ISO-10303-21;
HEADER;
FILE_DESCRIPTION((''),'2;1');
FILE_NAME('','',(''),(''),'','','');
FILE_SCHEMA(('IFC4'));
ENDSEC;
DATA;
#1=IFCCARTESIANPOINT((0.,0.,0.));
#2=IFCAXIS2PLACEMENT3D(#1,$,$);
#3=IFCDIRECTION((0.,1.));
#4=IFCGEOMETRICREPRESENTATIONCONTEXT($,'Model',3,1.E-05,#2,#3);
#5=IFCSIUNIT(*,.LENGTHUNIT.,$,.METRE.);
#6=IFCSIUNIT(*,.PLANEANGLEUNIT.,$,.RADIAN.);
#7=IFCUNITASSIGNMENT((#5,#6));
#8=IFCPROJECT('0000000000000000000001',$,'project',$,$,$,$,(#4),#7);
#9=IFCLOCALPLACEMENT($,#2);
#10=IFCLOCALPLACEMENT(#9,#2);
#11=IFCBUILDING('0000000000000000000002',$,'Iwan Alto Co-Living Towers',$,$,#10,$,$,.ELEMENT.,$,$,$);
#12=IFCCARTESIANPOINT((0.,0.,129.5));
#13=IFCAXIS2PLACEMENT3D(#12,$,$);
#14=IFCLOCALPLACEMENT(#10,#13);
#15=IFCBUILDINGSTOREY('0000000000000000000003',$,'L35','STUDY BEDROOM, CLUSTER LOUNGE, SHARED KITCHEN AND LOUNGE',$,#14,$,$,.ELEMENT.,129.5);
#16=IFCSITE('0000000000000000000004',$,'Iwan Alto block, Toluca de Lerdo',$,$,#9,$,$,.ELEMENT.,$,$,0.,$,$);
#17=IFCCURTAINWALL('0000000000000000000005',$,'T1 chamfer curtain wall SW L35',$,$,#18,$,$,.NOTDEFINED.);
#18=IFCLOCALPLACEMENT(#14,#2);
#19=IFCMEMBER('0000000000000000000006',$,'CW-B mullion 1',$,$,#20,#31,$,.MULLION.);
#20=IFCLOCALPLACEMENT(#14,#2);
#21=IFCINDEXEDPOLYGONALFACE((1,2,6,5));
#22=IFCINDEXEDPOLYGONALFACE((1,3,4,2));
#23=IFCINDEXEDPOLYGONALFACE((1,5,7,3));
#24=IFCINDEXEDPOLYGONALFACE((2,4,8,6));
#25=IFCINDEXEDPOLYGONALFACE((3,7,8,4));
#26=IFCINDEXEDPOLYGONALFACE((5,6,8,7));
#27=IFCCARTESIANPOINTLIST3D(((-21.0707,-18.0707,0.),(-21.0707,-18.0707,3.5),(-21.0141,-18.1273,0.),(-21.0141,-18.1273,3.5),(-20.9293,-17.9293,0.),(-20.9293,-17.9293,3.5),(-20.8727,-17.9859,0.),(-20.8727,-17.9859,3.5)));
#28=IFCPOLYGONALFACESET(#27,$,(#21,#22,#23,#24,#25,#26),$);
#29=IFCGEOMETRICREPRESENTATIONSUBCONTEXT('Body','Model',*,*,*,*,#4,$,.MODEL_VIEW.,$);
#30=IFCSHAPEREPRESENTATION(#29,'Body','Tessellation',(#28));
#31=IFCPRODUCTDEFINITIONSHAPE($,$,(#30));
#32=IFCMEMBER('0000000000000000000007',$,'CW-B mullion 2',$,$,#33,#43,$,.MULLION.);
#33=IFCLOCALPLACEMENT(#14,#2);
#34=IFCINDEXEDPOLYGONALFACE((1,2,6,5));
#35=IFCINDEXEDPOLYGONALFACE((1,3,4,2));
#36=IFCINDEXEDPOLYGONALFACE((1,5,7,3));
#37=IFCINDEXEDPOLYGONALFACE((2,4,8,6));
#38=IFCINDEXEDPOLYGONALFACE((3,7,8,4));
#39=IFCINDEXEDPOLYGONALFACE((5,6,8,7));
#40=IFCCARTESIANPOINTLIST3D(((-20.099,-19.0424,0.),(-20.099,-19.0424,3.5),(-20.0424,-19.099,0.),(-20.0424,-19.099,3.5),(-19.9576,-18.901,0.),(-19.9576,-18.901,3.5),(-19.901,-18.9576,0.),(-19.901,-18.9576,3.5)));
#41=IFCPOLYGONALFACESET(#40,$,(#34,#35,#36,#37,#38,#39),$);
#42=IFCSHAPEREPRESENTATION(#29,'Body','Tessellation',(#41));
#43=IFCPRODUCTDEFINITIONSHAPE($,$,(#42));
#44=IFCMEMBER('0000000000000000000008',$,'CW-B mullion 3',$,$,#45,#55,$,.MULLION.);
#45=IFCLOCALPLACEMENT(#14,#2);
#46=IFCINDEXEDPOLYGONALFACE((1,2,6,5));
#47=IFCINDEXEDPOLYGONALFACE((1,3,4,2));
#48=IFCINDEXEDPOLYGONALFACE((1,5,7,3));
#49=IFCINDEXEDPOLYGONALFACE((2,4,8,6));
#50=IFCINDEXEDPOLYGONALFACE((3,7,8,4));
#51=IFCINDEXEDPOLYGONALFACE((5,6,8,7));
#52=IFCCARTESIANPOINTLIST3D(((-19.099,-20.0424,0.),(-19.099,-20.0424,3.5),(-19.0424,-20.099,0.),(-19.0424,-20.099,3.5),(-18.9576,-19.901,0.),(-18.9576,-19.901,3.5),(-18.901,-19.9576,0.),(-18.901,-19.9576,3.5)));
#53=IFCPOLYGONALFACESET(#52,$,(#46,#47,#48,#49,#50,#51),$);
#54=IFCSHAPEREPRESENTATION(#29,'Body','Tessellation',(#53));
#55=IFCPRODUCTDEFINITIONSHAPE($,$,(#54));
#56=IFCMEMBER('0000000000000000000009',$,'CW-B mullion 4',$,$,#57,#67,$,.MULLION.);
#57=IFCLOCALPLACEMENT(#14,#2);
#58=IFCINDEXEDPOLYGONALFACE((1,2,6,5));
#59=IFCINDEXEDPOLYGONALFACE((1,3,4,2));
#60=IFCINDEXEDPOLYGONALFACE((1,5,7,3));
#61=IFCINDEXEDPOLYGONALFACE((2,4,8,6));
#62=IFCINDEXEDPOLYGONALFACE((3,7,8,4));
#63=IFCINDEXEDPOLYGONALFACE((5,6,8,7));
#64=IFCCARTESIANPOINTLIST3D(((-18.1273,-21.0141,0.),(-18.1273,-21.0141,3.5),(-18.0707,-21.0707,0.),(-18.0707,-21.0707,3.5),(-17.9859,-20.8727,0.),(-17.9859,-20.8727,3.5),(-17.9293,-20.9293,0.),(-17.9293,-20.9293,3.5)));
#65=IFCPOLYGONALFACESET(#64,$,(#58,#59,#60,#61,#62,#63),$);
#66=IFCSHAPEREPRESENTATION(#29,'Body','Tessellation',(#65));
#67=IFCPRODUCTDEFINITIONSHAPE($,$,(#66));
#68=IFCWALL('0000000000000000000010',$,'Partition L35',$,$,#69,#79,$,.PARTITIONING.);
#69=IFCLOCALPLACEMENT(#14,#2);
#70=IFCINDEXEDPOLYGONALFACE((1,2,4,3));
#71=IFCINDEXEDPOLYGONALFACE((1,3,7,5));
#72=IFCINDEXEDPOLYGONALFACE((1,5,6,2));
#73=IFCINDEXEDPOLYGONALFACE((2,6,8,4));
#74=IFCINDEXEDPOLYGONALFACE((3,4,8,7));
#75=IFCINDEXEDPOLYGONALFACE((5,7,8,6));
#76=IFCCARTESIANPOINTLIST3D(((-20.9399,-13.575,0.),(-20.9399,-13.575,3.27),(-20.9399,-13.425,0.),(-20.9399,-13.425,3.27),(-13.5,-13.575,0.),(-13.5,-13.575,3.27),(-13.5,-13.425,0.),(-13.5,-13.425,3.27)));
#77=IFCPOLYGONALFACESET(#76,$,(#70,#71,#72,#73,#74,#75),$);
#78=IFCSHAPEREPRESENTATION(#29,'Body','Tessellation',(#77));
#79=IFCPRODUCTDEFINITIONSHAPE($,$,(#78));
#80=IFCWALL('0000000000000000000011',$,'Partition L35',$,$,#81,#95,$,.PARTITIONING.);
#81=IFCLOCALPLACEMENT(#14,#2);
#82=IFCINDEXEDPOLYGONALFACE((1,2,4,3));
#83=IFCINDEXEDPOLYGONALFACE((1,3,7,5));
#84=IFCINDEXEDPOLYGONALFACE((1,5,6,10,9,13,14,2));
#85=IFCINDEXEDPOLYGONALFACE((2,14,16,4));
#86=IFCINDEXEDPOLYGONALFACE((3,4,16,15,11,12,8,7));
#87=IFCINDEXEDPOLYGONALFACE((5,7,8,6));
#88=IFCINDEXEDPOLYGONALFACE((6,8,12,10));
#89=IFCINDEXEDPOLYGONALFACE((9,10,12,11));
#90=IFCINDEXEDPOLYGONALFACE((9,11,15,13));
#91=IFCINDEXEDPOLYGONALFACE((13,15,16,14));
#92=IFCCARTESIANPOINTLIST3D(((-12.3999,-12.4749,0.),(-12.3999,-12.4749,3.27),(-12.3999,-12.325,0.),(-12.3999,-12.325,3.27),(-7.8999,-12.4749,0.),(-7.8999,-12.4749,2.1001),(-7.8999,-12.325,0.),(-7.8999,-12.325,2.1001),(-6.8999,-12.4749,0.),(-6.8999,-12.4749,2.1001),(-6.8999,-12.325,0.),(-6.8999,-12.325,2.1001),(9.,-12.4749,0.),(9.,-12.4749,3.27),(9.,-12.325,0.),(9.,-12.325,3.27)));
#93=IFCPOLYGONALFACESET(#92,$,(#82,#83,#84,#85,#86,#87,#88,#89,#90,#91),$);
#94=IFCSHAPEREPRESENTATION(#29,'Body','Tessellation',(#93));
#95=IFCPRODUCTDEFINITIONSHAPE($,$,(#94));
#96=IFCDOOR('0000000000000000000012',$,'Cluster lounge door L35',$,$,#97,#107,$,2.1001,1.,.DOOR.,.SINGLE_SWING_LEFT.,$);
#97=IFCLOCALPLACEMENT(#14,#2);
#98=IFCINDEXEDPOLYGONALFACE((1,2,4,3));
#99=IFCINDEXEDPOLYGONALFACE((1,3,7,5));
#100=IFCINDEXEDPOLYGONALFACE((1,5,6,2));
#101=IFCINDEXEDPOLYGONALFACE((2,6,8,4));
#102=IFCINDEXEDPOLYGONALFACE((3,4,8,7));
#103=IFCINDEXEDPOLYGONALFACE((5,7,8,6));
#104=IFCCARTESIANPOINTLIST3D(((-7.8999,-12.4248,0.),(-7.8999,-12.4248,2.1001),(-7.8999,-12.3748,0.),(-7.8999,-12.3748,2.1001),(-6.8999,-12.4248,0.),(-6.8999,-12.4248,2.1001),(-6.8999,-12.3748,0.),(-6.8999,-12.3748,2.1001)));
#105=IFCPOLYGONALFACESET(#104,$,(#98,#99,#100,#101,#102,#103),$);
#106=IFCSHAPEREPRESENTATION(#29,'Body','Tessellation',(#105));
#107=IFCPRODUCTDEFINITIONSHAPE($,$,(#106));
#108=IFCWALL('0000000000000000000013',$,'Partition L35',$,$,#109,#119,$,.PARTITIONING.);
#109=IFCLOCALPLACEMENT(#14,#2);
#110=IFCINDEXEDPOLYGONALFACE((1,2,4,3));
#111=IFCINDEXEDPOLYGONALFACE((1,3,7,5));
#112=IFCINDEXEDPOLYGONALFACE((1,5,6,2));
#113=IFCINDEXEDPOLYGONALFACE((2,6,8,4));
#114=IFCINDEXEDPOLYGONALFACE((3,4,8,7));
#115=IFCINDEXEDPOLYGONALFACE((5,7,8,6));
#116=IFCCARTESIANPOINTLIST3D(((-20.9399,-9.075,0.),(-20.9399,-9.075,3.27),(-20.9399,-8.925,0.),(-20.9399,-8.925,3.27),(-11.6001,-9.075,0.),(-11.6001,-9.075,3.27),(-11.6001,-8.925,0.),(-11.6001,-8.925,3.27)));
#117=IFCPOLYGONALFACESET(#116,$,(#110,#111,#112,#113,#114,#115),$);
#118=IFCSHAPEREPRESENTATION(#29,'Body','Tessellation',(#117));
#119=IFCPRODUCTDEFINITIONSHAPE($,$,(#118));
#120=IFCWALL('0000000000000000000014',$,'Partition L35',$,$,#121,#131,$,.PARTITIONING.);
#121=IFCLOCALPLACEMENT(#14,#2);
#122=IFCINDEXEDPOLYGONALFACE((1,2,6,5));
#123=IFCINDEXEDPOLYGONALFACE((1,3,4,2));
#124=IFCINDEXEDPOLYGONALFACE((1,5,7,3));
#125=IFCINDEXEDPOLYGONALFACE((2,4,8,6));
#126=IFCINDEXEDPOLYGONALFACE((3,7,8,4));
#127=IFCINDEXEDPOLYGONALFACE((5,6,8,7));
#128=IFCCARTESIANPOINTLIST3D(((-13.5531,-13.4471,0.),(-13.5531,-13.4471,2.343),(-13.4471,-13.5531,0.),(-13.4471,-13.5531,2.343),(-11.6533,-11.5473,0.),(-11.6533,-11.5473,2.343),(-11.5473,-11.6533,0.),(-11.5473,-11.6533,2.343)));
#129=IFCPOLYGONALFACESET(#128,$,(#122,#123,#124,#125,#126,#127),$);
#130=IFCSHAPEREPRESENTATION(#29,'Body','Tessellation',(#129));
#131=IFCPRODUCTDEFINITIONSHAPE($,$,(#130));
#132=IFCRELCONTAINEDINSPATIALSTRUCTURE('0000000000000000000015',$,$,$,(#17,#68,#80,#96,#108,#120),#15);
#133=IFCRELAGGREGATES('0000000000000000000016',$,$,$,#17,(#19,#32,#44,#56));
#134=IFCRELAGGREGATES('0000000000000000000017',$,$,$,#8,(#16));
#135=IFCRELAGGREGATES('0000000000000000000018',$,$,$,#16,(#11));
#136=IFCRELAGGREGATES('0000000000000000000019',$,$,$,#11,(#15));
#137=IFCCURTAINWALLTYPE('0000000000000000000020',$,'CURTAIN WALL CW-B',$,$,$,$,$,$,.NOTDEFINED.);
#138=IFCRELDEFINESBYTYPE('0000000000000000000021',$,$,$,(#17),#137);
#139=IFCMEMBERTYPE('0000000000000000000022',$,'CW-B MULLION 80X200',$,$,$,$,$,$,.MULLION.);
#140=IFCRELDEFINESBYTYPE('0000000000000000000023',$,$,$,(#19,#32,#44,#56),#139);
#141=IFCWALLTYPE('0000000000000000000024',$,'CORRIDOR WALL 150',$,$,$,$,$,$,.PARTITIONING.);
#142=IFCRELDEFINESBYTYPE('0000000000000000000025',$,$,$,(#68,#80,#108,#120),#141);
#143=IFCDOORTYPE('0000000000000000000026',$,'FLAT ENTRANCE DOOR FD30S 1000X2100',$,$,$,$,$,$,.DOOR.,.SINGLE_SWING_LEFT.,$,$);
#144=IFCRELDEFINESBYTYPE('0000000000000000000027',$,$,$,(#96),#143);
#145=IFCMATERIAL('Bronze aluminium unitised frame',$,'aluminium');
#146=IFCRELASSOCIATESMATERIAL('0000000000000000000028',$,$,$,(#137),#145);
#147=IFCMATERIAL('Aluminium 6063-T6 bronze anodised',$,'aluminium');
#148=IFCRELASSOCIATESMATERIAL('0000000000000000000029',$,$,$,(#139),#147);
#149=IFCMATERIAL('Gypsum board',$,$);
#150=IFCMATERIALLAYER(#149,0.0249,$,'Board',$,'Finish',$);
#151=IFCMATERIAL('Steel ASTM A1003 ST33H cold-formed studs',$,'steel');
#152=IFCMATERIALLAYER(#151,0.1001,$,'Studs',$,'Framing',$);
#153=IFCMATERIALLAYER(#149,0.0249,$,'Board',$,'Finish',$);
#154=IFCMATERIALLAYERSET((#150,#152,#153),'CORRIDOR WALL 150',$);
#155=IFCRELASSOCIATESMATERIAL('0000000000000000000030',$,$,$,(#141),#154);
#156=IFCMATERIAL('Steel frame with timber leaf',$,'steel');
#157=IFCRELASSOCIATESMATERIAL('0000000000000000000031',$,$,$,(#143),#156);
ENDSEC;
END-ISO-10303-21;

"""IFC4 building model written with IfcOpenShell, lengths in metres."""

from ifc_helpers import new_model, si_unit, direction, frame, frame_2d, origin, origin_2d, place, context, subcontext, project, spatial, rectangle, extrude, material, layer, layer_set, material_profile, profile_set, type_object, element, fill, aggregate, save


model = new_model("IFC4")

# Units and contexts
model_context = context("Model", 3, precision=1e-05, world=origin(), true_north=direction((0.0, 1.0)))
body_context = subcontext(model_context, "Body", "Model", "MODEL_VIEW")
ifc_project = project(units=[si_unit("LENGTHUNIT", "METRE"), si_unit("PLANEANGLEUNIT", "RADIAN")], contexts=[model_context])

# Site, building, storey
site_placement = place(None, origin())
site = spatial("IfcSite", under=ifc_project, at=site_placement, Name="Iwan Alto block, Toluca de Lerdo", CompositionType="ELEMENT", RefElevation=0.0)
building_placement = place(site_placement, origin())
building = spatial("IfcBuilding", under=site, at=building_placement, Name="Iwan Alto Co-Living Towers", CompositionType="ELEMENT")
storey_placement = place(building_placement, frame((0.0, 0.0, 129.5)))
storey = spatial("IfcBuildingStorey", under=building, at=storey_placement, Name="L35", Description="STUDY BEDROOM, CLUSTER LOUNGE, SHARED KITCHEN AND LOUNGE", CompositionType="ELEMENT", Elevation=129.5)

# Curtain wall, members
ifc_material_1 = material(Name="Bronze aluminium unitised frame", Category="aluminium")
curtain_wall_type = type_object("IfcCurtainWallType", Name="CURTAIN WALL CW-B", PredefinedType="NOTDEFINED", material=ifc_material_1)
curtain_wall_placement = place(storey_placement, origin())
curtain_wall = element("IfcCurtainWall", 1, at=curtain_wall_placement, inside=storey, type_object=curtain_wall_type, Name="T1 chamfer curtain wall SW L35", PredefinedType="NOTDEFINED")
ifc_material_2 = material(Name="Aluminium 6063-T6 bronze anodised", Category="aluminium")
ifc_material_profile = material_profile(ifc_material_2, rectangle(XDim=0.2, YDim=0.0801, at=origin_2d()), Name="AL 80X200")
ifc_profile_set = profile_set([ifc_material_profile], Name="Aluminium 6063-T6 bronze anodised")
member_type = type_object("IfcMemberType", Name="CW-B MULLION 80X200", PredefinedType="MULLION", material=ifc_profile_set)
member_1_placement = place(storey_placement, frame((-20.9717, -18.0283, 0.0), z_axis=(0.0, 0.0, 1.0), x_axis=(0.707107, 0.707107, 0.0)))
member_1 = element("IfcMember", 2, at=member_1_placement, type_object=member_type, Name="CW-B mullion 1", PredefinedType="MULLION", context=body_context, shape_type="SweptSolid", body=[
    extrude(rectangle(XDim=0.2, YDim=0.0801, at=origin_2d()), origin(), (0.0, 0.0, 1.0), 3.5),
])
member_2_placement = place(storey_placement, frame((-20.0, -19.0, 0.0), z_axis=(0.0, 0.0, 1.0), x_axis=(0.707107, 0.707107, 0.0)))
member_2 = element("IfcMember", 3, at=member_2_placement, type_object=member_type, Name="CW-B mullion 2", PredefinedType="MULLION", context=body_context, shape_type="SweptSolid", body=[
    extrude(rectangle(XDim=0.2, YDim=0.0801, at=origin_2d()), origin(), (0.0, 0.0, 1.0), 3.5),
])
member_3_placement = place(storey_placement, frame((-19.0, -20.0, 0.0), z_axis=(0.0, 0.0, 1.0), x_axis=(0.707107, 0.707107, 0.0)))
member_3 = element("IfcMember", 4, at=member_3_placement, type_object=member_type, Name="CW-B mullion 3", PredefinedType="MULLION", context=body_context, shape_type="SweptSolid", body=[
    extrude(rectangle(XDim=0.2, YDim=0.0801, at=origin_2d()), origin(), (0.0, 0.0, 1.0), 3.5),
])
member_4_placement = place(storey_placement, frame((-18.0283, -20.9717, 0.0), z_axis=(0.0, 0.0, 1.0), x_axis=(0.707107, 0.707107, 0.0)))
member_4 = element("IfcMember", 5, at=member_4_placement, type_object=member_type, Name="CW-B mullion 4", PredefinedType="MULLION", context=body_context, shape_type="SweptSolid", body=[
    extrude(rectangle(XDim=0.2, YDim=0.0801, at=origin_2d()), origin(), (0.0, 0.0, 1.0), 3.5),
])
aggregate(curtain_wall, [member_1, member_2, member_3, member_4])

# Wall
ifc_material_3 = material(Name="Gypsum board")
ifc_layer_1 = layer(ifc_material_3, 0.0249, Name="Board", Category="Finish")
ifc_material_4 = material(Name="Steel ASTM A1003 ST33H cold-formed studs", Category="steel")
ifc_layer_2 = layer(ifc_material_4, 0.1001, Name="Studs", Category="Framing")
ifc_layer_3 = layer(ifc_material_3, 0.0249, Name="Board", Category="Finish")
ifc_layer_set_1 = layer_set([ifc_layer_1, ifc_layer_2, ifc_layer_3], Name="CORRIDOR WALL 150")
wall_type_1 = type_object("IfcWallType", Name="CORRIDOR WALL 150", PredefinedType="PARTITIONING", material=ifc_layer_set_1)
wall_1_placement = place(storey_placement, frame((-20.9399, -13.5, 0.0), z_axis=(0.0, 0.0, 1.0), x_axis=(1.0, 0.0, 0.0)))
element("IfcWall", 6, at=wall_1_placement, inside=storey, type_object=wall_type_1, Name="Partition L35", PredefinedType="PARTITIONING", context=body_context, shape_type="SweptSolid", body=[
    extrude(rectangle(XDim=7.4399, YDim=0.1499, at=frame_2d((3.72, 0.0))), origin(), (0.0, 0.0, 1.0), 3.27),
])

# Wall, opening, door
wall_2_placement = place(storey_placement, frame((-12.3999, -12.3999, 0.0), z_axis=(0.0, 0.0, 1.0), x_axis=(1.0, 0.0, 0.0)))
wall_2 = element("IfcWall", 7, at=wall_2_placement, inside=storey, type_object=wall_type_1, Name="Partition L35", PredefinedType="PARTITIONING", context=body_context, shape_type="SweptSolid", body=[
    extrude(rectangle(XDim=21.3999, YDim=0.1499, at=frame_2d((10.7, 0.0))), origin(), (0.0, 0.0, 1.0), 3.27),
])
opening_1_placement = place(wall_2_placement, frame((4.5, 0.0, 0.0)))
opening_1 = element("IfcOpeningElement", 8, at=opening_1_placement, cuts=wall_2, PredefinedType="OPENING", context=body_context, shape_type="SweptSolid", body=[
    extrude(rectangle(XDim=1.0, YDim=2.1001, at=frame_2d((0.5, 1.05))), frame((0.0, 0.085, 0.0), z_axis=(0.0, -1.0, 0.0), x_axis=(1.0, 0.0, 0.0)), (0.0, 0.0, 1.0), 0.1699),
])
ifc_material_5 = material(Name="Steel frame with timber leaf", Category="steel")
door_type_1 = type_object("IfcDoorType", Name="FLAT ENTRANCE DOOR FD30S 1000X2100", OperationType="SINGLE_SWING_LEFT", PredefinedType="DOOR", material=ifc_material_5)
door_1_placement = place(opening_1_placement, frame((1.0, 0.0, 0.0), z_axis=(0.0, 0.0, 1.0), x_axis=(-1.0, 0.0, 0.0)))
door_1 = element("IfcDoor", 9, at=door_1_placement, inside=storey, type_object=door_type_1, Name="Cluster lounge door L35", OperationType="SINGLE_SWING_LEFT", OverallHeight=2.1001, OverallWidth=1.0, PredefinedType="DOOR", context=body_context, shape_type="SweptSolid", body=[
    extrude(rectangle(XDim=1.0, YDim=2.1001, at=frame_2d((0.5, 1.05))), frame((0.0, 0.0249, 0.0), z_axis=(0.0, -1.0, 0.0), x_axis=(1.0, 0.0, 0.0)), (0.0, 0.0, 1.0), 0.05),
])
fill(opening_1, door_1)

# Walls
wall_3_placement = place(storey_placement, frame((-20.9399, -9.0, 0.0), z_axis=(0.0, 0.0, 1.0), x_axis=(1.0, 0.0, 0.0)))
element("IfcWall", 10, at=wall_3_placement, inside=storey, type_object=wall_type_1, Name="Partition L35", PredefinedType="PARTITIONING", context=body_context, shape_type="SweptSolid", body=[
    extrude(rectangle(XDim=9.3398, YDim=0.1499, at=frame_2d((4.6699, 0.0))), origin(), (0.0, 0.0, 1.0), 3.27),
])
wall_4_placement = place(storey_placement, frame((-13.5, -13.5, 0.0), z_axis=(0.0, 0.0, 1.0), x_axis=(0.707107, 0.707107, 0.0)))
element("IfcWall", 11, at=wall_4_placement, inside=storey, type_object=wall_type_1, Name="Partition L35", PredefinedType="PARTITIONING", context=body_context, shape_type="SweptSolid", body=[
    extrude(rectangle(XDim=2.6868, YDim=0.1499, at=frame_2d((1.3433, 0.0))), origin(), (0.0, 0.0, 1.0), 2.343),
])

save(model, "model.ifc")
